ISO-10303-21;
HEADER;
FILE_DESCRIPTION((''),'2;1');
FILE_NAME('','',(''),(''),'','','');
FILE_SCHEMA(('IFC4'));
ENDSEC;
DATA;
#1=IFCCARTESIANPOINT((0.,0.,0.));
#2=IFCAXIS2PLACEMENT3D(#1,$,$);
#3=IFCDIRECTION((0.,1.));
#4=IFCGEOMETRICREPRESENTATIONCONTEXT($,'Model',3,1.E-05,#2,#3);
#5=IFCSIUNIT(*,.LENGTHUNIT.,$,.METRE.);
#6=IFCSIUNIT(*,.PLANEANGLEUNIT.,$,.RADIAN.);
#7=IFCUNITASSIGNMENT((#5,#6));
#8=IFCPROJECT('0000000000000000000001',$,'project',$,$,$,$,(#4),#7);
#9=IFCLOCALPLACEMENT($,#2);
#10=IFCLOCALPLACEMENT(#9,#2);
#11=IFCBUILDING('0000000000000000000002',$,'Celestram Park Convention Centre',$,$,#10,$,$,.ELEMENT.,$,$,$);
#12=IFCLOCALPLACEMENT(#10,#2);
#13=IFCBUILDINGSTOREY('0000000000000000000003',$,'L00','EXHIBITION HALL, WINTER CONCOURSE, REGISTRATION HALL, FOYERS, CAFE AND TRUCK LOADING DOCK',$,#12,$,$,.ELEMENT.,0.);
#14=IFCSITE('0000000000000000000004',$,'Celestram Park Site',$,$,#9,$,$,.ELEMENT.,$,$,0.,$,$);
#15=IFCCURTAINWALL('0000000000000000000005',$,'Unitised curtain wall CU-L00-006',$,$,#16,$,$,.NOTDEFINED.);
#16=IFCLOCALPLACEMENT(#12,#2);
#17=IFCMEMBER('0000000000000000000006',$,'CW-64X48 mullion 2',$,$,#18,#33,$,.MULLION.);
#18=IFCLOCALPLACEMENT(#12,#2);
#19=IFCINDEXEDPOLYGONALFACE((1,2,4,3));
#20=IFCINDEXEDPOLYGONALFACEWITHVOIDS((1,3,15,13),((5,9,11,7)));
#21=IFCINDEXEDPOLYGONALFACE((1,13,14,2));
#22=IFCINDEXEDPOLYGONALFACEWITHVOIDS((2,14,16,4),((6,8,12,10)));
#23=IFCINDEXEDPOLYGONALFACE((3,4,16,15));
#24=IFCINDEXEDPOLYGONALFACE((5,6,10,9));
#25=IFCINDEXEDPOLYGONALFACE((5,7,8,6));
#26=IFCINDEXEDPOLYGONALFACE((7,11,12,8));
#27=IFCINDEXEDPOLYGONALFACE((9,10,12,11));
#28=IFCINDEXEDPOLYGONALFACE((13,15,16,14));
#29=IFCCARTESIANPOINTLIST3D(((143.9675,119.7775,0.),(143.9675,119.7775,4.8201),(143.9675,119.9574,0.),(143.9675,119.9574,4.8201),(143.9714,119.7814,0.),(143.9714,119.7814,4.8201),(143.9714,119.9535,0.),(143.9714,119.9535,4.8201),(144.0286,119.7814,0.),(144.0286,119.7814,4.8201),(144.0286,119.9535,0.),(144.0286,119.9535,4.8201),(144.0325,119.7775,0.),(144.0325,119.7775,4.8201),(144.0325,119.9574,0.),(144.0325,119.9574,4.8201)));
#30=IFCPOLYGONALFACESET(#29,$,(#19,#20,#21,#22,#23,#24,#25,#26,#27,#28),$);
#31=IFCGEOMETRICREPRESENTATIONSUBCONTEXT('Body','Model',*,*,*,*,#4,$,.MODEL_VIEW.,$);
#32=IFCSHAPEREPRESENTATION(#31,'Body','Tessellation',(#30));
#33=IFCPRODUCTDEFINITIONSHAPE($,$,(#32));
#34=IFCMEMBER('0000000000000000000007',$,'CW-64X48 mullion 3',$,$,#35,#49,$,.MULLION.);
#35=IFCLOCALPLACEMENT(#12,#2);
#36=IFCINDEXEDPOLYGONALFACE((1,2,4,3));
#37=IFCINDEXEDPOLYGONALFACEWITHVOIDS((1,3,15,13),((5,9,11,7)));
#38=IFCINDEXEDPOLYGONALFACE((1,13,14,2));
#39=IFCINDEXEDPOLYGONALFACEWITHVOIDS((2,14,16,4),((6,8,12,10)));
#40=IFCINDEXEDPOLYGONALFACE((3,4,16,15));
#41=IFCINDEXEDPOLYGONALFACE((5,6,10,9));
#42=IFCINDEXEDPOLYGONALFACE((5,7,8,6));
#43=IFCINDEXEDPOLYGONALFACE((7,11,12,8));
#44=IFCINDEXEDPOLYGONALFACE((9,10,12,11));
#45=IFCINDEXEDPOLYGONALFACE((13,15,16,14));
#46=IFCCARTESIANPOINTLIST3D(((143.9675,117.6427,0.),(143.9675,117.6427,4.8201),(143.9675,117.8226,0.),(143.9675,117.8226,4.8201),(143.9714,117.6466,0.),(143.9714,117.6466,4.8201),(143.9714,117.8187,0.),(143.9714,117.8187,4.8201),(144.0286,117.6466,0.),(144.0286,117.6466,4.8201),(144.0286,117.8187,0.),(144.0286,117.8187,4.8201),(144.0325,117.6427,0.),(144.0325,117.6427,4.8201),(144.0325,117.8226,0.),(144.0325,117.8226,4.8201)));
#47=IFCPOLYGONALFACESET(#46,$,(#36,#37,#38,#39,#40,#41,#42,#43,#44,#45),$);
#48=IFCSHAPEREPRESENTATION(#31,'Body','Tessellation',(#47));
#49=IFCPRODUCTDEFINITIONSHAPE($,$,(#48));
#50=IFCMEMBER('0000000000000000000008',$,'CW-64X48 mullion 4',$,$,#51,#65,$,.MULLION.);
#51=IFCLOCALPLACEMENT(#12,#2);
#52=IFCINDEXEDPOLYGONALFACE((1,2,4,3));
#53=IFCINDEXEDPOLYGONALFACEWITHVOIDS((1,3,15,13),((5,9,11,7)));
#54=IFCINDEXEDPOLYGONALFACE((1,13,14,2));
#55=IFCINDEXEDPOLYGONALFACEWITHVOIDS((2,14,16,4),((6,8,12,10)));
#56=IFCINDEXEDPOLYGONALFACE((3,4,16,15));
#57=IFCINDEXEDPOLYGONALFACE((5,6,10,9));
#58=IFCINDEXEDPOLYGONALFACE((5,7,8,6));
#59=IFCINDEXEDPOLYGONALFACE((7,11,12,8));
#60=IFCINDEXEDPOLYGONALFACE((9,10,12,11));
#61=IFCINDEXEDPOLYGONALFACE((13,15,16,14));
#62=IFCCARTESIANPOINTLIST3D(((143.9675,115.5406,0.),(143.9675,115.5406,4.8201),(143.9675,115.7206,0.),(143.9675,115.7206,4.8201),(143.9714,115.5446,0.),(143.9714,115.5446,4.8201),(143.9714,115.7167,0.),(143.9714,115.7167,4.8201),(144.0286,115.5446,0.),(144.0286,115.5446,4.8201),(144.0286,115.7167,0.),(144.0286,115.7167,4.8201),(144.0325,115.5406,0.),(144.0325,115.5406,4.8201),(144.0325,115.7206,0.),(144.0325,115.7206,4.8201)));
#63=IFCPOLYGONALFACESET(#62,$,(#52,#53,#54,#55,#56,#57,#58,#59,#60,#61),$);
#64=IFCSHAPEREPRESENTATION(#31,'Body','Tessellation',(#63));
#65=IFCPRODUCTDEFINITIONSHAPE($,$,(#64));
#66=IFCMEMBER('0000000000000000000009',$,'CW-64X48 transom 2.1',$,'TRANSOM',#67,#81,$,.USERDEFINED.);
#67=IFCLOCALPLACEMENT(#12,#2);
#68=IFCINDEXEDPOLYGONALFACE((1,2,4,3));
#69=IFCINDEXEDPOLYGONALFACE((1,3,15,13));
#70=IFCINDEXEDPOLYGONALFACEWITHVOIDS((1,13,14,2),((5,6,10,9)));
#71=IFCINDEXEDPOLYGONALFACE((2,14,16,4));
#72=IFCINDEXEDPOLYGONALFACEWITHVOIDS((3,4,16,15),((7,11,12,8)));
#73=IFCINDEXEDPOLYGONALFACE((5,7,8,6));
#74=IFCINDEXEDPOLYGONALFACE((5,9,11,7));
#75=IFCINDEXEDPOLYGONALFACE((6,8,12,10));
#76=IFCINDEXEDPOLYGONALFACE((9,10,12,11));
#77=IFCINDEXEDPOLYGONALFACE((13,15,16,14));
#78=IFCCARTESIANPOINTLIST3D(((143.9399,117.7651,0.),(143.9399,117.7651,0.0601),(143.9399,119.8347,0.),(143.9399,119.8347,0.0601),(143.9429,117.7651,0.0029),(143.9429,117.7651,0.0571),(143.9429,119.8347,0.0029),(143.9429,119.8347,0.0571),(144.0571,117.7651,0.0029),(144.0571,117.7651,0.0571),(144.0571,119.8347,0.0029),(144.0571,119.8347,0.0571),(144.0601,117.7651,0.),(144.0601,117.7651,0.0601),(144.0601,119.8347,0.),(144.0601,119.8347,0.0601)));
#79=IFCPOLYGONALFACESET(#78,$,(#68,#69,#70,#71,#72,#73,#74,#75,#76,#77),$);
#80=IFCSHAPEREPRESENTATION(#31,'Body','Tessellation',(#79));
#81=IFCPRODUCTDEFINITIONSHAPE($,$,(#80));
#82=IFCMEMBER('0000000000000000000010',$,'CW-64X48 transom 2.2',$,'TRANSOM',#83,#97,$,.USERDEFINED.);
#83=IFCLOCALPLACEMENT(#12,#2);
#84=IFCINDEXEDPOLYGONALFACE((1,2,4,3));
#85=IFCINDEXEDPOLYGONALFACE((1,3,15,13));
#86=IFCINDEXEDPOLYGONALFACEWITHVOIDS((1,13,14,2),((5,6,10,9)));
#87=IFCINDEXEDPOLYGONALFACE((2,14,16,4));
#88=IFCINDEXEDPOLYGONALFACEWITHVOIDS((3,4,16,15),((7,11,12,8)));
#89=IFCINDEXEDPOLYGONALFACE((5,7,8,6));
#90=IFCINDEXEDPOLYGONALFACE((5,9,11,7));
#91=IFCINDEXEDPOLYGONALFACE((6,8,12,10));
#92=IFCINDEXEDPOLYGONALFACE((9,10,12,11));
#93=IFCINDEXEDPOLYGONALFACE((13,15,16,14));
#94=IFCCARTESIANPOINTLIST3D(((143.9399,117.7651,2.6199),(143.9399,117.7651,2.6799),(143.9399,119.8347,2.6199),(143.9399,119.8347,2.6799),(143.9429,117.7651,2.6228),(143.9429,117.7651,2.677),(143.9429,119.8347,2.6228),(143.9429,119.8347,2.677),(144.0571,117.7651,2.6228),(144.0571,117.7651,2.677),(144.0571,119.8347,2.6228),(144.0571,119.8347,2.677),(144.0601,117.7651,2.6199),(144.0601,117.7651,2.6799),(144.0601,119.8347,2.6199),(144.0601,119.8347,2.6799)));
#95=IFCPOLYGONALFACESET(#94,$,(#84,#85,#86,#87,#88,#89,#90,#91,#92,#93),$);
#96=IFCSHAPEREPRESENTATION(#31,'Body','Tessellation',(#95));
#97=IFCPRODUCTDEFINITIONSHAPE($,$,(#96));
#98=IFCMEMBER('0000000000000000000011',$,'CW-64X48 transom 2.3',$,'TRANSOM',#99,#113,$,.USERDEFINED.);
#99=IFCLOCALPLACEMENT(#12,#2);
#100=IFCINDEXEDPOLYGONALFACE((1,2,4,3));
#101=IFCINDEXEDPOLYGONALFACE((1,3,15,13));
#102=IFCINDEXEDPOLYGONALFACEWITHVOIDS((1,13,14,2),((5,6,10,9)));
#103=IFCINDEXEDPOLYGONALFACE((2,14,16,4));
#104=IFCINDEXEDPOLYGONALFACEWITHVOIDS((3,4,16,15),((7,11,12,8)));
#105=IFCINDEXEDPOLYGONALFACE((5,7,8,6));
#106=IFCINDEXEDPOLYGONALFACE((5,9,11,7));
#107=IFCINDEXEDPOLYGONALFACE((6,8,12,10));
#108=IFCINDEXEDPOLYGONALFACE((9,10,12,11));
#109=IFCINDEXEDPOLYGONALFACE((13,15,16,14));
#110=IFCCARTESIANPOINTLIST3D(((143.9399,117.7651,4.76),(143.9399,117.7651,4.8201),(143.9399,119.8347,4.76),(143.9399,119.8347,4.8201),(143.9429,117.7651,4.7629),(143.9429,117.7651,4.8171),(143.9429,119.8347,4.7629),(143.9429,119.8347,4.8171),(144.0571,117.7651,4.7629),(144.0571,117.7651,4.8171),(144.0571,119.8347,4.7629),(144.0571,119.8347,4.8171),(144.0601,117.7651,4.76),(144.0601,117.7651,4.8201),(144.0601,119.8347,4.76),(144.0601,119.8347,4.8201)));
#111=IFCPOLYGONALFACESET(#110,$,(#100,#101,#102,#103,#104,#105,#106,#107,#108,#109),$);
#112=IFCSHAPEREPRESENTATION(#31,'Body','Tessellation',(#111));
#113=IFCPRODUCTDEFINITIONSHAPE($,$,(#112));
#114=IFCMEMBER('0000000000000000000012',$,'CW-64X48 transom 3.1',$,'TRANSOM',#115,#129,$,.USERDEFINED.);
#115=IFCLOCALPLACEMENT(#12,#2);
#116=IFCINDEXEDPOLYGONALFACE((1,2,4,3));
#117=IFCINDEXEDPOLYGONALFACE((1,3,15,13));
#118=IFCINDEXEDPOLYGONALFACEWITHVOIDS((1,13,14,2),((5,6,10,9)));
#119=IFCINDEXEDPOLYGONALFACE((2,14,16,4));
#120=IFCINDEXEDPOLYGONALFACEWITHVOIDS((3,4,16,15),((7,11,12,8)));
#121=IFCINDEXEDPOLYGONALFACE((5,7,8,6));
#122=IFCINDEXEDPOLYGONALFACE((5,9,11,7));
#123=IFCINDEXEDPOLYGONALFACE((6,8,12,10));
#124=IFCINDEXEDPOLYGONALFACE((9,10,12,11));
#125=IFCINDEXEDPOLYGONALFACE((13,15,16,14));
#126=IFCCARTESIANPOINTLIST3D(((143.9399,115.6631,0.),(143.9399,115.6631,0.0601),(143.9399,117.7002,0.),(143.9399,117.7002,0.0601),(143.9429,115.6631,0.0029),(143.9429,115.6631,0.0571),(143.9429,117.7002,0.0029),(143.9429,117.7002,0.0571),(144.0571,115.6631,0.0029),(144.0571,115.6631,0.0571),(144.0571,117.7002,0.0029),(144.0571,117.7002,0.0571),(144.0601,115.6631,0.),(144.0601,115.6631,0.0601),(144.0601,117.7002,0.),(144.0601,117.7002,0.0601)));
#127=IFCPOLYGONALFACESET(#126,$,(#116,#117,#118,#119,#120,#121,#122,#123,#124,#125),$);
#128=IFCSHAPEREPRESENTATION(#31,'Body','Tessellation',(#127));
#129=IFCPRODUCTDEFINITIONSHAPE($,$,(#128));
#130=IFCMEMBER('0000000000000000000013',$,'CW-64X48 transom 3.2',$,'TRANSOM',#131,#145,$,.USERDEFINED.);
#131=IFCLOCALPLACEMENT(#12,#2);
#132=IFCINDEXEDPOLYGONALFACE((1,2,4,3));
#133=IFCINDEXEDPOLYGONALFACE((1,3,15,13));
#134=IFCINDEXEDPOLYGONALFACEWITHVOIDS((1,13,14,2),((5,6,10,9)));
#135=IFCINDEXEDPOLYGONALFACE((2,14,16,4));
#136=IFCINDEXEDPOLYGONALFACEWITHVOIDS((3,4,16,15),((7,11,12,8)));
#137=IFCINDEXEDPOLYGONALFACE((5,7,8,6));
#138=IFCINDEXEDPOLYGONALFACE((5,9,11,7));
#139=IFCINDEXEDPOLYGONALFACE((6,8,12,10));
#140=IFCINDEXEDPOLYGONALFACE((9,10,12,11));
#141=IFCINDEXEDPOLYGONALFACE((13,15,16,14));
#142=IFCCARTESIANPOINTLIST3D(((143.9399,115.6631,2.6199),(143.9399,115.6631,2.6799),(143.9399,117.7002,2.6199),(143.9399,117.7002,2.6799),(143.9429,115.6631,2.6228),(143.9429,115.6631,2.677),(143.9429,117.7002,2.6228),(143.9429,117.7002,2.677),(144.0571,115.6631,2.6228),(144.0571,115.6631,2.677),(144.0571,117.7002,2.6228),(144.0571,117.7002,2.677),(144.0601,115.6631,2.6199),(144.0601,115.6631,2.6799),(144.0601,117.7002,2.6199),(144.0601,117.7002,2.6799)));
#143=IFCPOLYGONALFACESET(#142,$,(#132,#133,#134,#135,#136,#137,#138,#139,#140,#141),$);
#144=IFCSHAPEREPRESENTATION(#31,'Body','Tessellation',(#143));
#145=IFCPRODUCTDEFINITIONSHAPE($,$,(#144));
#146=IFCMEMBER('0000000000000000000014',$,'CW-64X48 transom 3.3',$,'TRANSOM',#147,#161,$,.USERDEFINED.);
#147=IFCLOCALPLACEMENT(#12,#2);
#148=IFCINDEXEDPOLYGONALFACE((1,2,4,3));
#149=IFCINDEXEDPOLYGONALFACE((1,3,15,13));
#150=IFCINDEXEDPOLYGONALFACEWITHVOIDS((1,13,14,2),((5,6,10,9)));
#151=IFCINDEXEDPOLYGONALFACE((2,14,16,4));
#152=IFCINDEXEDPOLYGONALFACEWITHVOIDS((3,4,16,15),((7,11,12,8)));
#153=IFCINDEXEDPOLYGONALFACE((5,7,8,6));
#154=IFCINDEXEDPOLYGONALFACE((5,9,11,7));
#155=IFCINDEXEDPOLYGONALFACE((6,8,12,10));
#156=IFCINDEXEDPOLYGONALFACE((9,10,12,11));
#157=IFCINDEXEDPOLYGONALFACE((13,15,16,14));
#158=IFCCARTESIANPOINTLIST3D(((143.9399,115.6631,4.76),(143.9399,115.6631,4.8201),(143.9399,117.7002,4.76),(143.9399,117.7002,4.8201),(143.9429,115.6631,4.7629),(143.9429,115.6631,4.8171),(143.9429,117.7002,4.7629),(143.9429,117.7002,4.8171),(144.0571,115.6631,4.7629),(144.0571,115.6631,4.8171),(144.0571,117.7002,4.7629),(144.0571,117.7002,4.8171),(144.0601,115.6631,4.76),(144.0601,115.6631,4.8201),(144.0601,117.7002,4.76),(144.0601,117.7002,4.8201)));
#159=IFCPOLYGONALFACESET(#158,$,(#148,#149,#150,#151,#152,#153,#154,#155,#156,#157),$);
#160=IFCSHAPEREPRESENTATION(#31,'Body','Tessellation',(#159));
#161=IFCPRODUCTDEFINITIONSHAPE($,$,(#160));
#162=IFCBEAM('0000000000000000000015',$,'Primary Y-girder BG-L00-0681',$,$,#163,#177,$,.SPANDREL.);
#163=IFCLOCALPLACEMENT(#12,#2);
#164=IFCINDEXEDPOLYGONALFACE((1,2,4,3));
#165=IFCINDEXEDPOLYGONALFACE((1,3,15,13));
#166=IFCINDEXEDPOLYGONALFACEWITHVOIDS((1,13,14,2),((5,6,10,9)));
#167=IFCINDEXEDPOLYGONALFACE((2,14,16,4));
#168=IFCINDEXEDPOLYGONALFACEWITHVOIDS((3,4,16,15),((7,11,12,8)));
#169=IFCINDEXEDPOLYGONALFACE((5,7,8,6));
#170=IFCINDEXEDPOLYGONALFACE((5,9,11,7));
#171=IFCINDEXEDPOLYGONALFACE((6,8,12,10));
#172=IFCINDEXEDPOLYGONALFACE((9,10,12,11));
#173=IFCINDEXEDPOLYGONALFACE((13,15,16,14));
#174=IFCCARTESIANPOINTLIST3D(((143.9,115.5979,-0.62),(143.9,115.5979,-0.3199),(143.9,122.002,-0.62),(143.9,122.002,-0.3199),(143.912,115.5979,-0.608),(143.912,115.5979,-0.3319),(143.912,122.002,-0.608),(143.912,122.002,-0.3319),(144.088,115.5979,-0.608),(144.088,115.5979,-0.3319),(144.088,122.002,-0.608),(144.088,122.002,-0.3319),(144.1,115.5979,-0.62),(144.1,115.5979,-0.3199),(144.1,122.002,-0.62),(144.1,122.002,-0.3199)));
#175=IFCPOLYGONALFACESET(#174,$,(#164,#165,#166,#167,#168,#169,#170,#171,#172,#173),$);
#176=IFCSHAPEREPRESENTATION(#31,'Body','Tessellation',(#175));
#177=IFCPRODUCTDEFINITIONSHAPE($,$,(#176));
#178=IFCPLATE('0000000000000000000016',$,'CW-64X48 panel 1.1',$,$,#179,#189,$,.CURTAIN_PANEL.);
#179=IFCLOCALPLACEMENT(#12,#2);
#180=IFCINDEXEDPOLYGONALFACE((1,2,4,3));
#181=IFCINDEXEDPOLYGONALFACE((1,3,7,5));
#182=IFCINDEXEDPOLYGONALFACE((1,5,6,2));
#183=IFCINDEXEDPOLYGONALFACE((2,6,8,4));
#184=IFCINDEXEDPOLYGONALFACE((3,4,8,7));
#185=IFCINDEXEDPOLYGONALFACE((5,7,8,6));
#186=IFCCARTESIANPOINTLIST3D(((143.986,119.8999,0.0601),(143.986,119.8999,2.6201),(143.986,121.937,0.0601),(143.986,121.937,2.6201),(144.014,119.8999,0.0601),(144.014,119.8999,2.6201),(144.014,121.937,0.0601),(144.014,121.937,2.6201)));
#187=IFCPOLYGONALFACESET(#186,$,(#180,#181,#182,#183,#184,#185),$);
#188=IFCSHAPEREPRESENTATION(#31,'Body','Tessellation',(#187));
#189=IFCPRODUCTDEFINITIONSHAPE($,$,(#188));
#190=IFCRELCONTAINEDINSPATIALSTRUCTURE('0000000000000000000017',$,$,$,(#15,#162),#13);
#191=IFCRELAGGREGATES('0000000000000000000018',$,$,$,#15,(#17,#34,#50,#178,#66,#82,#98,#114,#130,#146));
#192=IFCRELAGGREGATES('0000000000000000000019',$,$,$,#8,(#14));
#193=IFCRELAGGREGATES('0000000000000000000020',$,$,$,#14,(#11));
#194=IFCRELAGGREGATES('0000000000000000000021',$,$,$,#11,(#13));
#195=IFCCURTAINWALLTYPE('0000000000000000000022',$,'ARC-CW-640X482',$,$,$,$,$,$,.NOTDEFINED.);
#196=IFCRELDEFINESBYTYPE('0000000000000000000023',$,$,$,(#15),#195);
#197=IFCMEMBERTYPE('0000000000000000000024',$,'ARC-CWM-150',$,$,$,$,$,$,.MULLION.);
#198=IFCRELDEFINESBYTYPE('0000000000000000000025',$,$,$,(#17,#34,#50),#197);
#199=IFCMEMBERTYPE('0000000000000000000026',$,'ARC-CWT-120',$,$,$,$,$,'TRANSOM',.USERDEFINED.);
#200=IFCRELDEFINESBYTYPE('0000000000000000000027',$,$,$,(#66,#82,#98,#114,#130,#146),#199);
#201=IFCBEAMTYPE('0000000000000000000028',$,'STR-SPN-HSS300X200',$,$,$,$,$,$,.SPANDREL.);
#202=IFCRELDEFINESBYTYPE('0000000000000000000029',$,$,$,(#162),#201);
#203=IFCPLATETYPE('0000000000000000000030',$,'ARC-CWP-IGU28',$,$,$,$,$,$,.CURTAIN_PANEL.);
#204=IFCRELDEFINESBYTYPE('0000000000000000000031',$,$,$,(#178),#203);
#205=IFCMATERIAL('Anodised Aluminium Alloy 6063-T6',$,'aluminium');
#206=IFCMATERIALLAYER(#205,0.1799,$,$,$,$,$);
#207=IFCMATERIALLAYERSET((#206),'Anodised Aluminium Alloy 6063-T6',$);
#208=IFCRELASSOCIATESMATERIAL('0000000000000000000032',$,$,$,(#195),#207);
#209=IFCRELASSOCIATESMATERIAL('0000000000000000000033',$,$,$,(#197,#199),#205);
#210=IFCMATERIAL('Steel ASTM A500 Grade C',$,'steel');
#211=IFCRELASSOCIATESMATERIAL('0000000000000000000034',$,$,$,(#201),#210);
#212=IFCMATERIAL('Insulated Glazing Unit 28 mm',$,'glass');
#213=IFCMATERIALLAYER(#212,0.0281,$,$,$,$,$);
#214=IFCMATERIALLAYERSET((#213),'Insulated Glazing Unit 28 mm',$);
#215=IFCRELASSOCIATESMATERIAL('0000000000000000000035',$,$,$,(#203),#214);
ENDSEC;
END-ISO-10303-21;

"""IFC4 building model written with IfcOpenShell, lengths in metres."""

from ifc_helpers import new_model, si_unit, direction, frame, origin, origin_2d, place, context, subcontext, project, spatial, rectangle, hollow_rectangle, extrude, material, layer, layer_set, material_profile, profile_set, type_object, element, aggregate, save


model = new_model("IFC4")

# Units and contexts
model_context = context("Model", 3, precision=1e-05, world=origin(), true_north=direction((0.0, 1.0)))
body_context = subcontext(model_context, "Body", "Model", "MODEL_VIEW")
ifc_project = project(units=[si_unit("LENGTHUNIT", "METRE"), si_unit("PLANEANGLEUNIT", "RADIAN")], contexts=[model_context])

# Site, building, storey
site_placement = place(None, origin())
site = spatial("IfcSite", under=ifc_project, at=site_placement, Name="Celestram Park Site", CompositionType="ELEMENT", RefElevation=0.0)
building_placement = place(site_placement, origin())
building = spatial("IfcBuilding", under=site, at=building_placement, Name="Celestram Park Convention Centre", CompositionType="ELEMENT")
storey_placement = place(building_placement, origin())
storey = spatial("IfcBuildingStorey", under=building, at=storey_placement, Name="L00", Description="EXHIBITION HALL, WINTER CONCOURSE, REGISTRATION HALL, FOYERS, CAFE AND TRUCK LOADING DOCK", CompositionType="ELEMENT", Elevation=0.0)

# Curtain wall, members
ifc_material_1 = material(Name="Anodised Aluminium Alloy 6063-T6", Category="aluminium")
ifc_layer_1 = layer(ifc_material_1, 0.1799)
ifc_layer_set_1 = layer_set([ifc_layer_1], Name="Anodised Aluminium Alloy 6063-T6")
curtain_wall_type = type_object("IfcCurtainWallType", Name="ARC-CW-640X482", PredefinedType="NOTDEFINED", material=ifc_layer_set_1)
curtain_wall_placement = place(storey_placement, origin())
curtain_wall = element("IfcCurtainWall", 1, at=curtain_wall_placement, inside=storey, type_object=curtain_wall_type, Name="Unitised curtain wall CU-L00-006", PredefinedType="NOTDEFINED")
ifc_material_profile_1 = material_profile(ifc_material_1, hollow_rectangle(XDim=0.0649, YDim=0.1799, WallThickness=0.0039, at=origin_2d()), Name="ALU65X180X4")
ifc_profile_set_1 = profile_set([ifc_material_profile_1], Name="Anodised Aluminium Alloy 6063-T6")
member_type_1 = type_object("IfcMemberType", Name="ARC-CWM-150", PredefinedType="MULLION", material=ifc_profile_set_1)
member_1_placement = place(storey_placement, frame((144.0, 119.8674, 0.0), z_axis=(0.0, 0.0, 1.0), x_axis=(1.0, 0.0, 0.0)))
member_1 = element("IfcMember", 2, at=member_1_placement, type_object=member_type_1, Name="CW-64X48 mullion 2", PredefinedType="MULLION", context=body_context, shape_type="SweptSolid", body=[
    extrude(hollow_rectangle(XDim=0.0649, YDim=0.1799, WallThickness=0.0039, at=origin_2d()), origin(), (0.0, 0.0, 1.0), 4.8201),
])
member_2_placement = place(storey_placement, frame((144.0, 117.7327, 0.0), z_axis=(0.0, 0.0, 1.0), x_axis=(1.0, 0.0, 0.0)))
member_2 = element("IfcMember", 3, at=member_2_placement, type_object=member_type_1, Name="CW-64X48 mullion 3", PredefinedType="MULLION", context=body_context, shape_type="SweptSolid", body=[
    extrude(hollow_rectangle(XDim=0.0649, YDim=0.1799, WallThickness=0.0039, at=origin_2d()), origin(), (0.0, 0.0, 1.0), 4.8201),
])
member_3_placement = place(storey_placement, frame((144.0, 115.6306, 0.0), z_axis=(0.0, 0.0, 1.0), x_axis=(1.0, 0.0, 0.0)))
member_3 = element("IfcMember", 4, at=member_3_placement, type_object=member_type_1, Name="CW-64X48 mullion 4", PredefinedType="MULLION", context=body_context, shape_type="SweptSolid", body=[
    extrude(hollow_rectangle(XDim=0.0649, YDim=0.1799, WallThickness=0.0039, at=origin_2d()), origin(), (0.0, 0.0, 1.0), 4.8201),
])
ifc_material_profile_2 = material_profile(ifc_material_1, hollow_rectangle(XDim=0.1201, YDim=0.0601, WallThickness=0.0029, at=origin_2d()), Name="ALU120X60X3")
ifc_profile_set_2 = profile_set([ifc_material_profile_2], Name="Anodised Aluminium Alloy 6063-T6")
member_type_2 = type_object("IfcMemberType", Name="ARC-CWT-120", ElementType="TRANSOM", PredefinedType="USERDEFINED", material=ifc_profile_set_2)
member_4_placement = place(storey_placement, frame((144.0, 119.8347, 0.03), z_axis=(0.0, -1.0, 0.0), x_axis=(1.0, 0.0, 0.0)))
member_4 = element("IfcMember", 5, at=member_4_placement, type_object=member_type_2, Name="CW-64X48 transom 2.1", ObjectType="TRANSOM", PredefinedType="USERDEFINED", context=body_context, shape_type="SweptSolid", body=[
    extrude(hollow_rectangle(XDim=0.1201, YDim=0.0601, WallThickness=0.0029, at=origin_2d()), origin(), (0.0, 0.0, 1.0), 2.0696),
])
member_5_placement = place(storey_placement, frame((144.0, 119.8347, 2.6499), z_axis=(0.0, -1.0, 0.0), x_axis=(1.0, 0.0, 0.0)))
member_5 = element("IfcMember", 6, at=member_5_placement, type_object=member_type_2, Name="CW-64X48 transom 2.2", ObjectType="TRANSOM", PredefinedType="USERDEFINED", context=body_context, shape_type="SweptSolid", body=[
    extrude(hollow_rectangle(XDim=0.1201, YDim=0.0601, WallThickness=0.0029, at=origin_2d()), origin(), (0.0, 0.0, 1.0), 2.0696),
])
member_6_placement = place(storey_placement, frame((144.0, 119.8347, 4.79), z_axis=(0.0, -1.0, 0.0), x_axis=(1.0, 0.0, 0.0)))
member_6 = element("IfcMember", 7, at=member_6_placement, type_object=member_type_2, Name="CW-64X48 transom 2.3", ObjectType="TRANSOM", PredefinedType="USERDEFINED", context=body_context, shape_type="SweptSolid", body=[
    extrude(hollow_rectangle(XDim=0.1201, YDim=0.0601, WallThickness=0.0029, at=origin_2d()), origin(), (0.0, 0.0, 1.0), 2.0696),
])
member_7_placement = place(storey_placement, frame((144.0, 117.7002, 0.03), z_axis=(0.0, -1.0, 0.0), x_axis=(1.0, 0.0, 0.0)))
member_7 = element("IfcMember", 8, at=member_7_placement, type_object=member_type_2, Name="CW-64X48 transom 3.1", ObjectType="TRANSOM", PredefinedType="USERDEFINED", context=body_context, shape_type="SweptSolid", body=[
    extrude(hollow_rectangle(XDim=0.1201, YDim=0.0601, WallThickness=0.0029, at=origin_2d()), origin(), (0.0, 0.0, 1.0), 2.0371),
])
member_8_placement = place(storey_placement, frame((144.0, 117.7002, 2.6499), z_axis=(0.0, -1.0, 0.0), x_axis=(1.0, 0.0, 0.0)))
member_8 = element("IfcMember", 9, at=member_8_placement, type_object=member_type_2, Name="CW-64X48 transom 3.2", ObjectType="TRANSOM", PredefinedType="USERDEFINED", context=body_context, shape_type="SweptSolid", body=[
    extrude(hollow_rectangle(XDim=0.1201, YDim=0.0601, WallThickness=0.0029, at=origin_2d()), origin(), (0.0, 0.0, 1.0), 2.0371),
])
member_9_placement = place(storey_placement, frame((144.0, 117.7002, 4.79), z_axis=(0.0, -1.0, 0.0), x_axis=(1.0, 0.0, 0.0)))
member_9 = element("IfcMember", 10, at=member_9_placement, type_object=member_type_2, Name="CW-64X48 transom 3.3", ObjectType="TRANSOM", PredefinedType="USERDEFINED", context=body_context, shape_type="SweptSolid", body=[
    extrude(hollow_rectangle(XDim=0.1201, YDim=0.0601, WallThickness=0.0029, at=origin_2d()), origin(), (0.0, 0.0, 1.0), 2.0371),
])

# Beam
ifc_material_2 = material(Name="Steel ASTM A500 Grade C", Category="steel")
ifc_material_profile_3 = material_profile(ifc_material_2, hollow_rectangle(XDim=0.2, YDim=0.3, WallThickness=0.012, at=origin_2d()), Name="HSS300X200X12")
ifc_profile_set_3 = profile_set([ifc_material_profile_3], Name="Steel ASTM A500 Grade C")
beam_type = type_object("IfcBeamType", Name="STR-SPN-HSS300X200", PredefinedType="SPANDREL", material=ifc_profile_set_3)
beam_placement = place(storey_placement, frame((144.0, 115.5979, -0.47), z_axis=(0.0, 1.0, 0.0), x_axis=(-1.0, 0.0, 0.0)))
element("IfcBeam", 11, at=beam_placement, inside=storey, type_object=beam_type, Name="Primary Y-girder BG-L00-0681", PredefinedType="SPANDREL", context=body_context, shape_type="SweptSolid", body=[
    extrude(hollow_rectangle(XDim=0.2, YDim=0.3, WallThickness=0.012, at=origin_2d()), origin(), (0.0, 0.0, 1.0), 6.4041),
])

# Plate
ifc_material_3 = material(Name="Insulated Glazing Unit 28 mm", Category="glass")
ifc_layer_2 = layer(ifc_material_3, 0.0281)
ifc_layer_set_2 = layer_set([ifc_layer_2], Name="Insulated Glazing Unit 28 mm")
plate_type = type_object("IfcPlateType", Name="ARC-CWP-IGU28", PredefinedType="CURTAIN_PANEL", material=ifc_layer_set_2)
plate_1_placement = place(storey_placement, frame((144.0, 120.9185, 0.0601), z_axis=(0.0, 0.0, 1.0), x_axis=(0.0, -1.0, 0.0)))
plate_1 = element("IfcPlate", 12, at=plate_1_placement, type_object=plate_type, Name="CW-64X48 panel 1.1", PredefinedType="CURTAIN_PANEL", context=body_context, shape_type="SweptSolid", body=[
    extrude(rectangle(XDim=2.0371, YDim=0.0281, at=origin_2d()), origin(), (0.0, 0.0, 1.0), 2.5601),
])
aggregate(curtain_wall, [member_1, member_2, member_3, plate_1, member_4, member_5, member_6, member_7, member_8, member_9])

save(model, "model.ifc")
